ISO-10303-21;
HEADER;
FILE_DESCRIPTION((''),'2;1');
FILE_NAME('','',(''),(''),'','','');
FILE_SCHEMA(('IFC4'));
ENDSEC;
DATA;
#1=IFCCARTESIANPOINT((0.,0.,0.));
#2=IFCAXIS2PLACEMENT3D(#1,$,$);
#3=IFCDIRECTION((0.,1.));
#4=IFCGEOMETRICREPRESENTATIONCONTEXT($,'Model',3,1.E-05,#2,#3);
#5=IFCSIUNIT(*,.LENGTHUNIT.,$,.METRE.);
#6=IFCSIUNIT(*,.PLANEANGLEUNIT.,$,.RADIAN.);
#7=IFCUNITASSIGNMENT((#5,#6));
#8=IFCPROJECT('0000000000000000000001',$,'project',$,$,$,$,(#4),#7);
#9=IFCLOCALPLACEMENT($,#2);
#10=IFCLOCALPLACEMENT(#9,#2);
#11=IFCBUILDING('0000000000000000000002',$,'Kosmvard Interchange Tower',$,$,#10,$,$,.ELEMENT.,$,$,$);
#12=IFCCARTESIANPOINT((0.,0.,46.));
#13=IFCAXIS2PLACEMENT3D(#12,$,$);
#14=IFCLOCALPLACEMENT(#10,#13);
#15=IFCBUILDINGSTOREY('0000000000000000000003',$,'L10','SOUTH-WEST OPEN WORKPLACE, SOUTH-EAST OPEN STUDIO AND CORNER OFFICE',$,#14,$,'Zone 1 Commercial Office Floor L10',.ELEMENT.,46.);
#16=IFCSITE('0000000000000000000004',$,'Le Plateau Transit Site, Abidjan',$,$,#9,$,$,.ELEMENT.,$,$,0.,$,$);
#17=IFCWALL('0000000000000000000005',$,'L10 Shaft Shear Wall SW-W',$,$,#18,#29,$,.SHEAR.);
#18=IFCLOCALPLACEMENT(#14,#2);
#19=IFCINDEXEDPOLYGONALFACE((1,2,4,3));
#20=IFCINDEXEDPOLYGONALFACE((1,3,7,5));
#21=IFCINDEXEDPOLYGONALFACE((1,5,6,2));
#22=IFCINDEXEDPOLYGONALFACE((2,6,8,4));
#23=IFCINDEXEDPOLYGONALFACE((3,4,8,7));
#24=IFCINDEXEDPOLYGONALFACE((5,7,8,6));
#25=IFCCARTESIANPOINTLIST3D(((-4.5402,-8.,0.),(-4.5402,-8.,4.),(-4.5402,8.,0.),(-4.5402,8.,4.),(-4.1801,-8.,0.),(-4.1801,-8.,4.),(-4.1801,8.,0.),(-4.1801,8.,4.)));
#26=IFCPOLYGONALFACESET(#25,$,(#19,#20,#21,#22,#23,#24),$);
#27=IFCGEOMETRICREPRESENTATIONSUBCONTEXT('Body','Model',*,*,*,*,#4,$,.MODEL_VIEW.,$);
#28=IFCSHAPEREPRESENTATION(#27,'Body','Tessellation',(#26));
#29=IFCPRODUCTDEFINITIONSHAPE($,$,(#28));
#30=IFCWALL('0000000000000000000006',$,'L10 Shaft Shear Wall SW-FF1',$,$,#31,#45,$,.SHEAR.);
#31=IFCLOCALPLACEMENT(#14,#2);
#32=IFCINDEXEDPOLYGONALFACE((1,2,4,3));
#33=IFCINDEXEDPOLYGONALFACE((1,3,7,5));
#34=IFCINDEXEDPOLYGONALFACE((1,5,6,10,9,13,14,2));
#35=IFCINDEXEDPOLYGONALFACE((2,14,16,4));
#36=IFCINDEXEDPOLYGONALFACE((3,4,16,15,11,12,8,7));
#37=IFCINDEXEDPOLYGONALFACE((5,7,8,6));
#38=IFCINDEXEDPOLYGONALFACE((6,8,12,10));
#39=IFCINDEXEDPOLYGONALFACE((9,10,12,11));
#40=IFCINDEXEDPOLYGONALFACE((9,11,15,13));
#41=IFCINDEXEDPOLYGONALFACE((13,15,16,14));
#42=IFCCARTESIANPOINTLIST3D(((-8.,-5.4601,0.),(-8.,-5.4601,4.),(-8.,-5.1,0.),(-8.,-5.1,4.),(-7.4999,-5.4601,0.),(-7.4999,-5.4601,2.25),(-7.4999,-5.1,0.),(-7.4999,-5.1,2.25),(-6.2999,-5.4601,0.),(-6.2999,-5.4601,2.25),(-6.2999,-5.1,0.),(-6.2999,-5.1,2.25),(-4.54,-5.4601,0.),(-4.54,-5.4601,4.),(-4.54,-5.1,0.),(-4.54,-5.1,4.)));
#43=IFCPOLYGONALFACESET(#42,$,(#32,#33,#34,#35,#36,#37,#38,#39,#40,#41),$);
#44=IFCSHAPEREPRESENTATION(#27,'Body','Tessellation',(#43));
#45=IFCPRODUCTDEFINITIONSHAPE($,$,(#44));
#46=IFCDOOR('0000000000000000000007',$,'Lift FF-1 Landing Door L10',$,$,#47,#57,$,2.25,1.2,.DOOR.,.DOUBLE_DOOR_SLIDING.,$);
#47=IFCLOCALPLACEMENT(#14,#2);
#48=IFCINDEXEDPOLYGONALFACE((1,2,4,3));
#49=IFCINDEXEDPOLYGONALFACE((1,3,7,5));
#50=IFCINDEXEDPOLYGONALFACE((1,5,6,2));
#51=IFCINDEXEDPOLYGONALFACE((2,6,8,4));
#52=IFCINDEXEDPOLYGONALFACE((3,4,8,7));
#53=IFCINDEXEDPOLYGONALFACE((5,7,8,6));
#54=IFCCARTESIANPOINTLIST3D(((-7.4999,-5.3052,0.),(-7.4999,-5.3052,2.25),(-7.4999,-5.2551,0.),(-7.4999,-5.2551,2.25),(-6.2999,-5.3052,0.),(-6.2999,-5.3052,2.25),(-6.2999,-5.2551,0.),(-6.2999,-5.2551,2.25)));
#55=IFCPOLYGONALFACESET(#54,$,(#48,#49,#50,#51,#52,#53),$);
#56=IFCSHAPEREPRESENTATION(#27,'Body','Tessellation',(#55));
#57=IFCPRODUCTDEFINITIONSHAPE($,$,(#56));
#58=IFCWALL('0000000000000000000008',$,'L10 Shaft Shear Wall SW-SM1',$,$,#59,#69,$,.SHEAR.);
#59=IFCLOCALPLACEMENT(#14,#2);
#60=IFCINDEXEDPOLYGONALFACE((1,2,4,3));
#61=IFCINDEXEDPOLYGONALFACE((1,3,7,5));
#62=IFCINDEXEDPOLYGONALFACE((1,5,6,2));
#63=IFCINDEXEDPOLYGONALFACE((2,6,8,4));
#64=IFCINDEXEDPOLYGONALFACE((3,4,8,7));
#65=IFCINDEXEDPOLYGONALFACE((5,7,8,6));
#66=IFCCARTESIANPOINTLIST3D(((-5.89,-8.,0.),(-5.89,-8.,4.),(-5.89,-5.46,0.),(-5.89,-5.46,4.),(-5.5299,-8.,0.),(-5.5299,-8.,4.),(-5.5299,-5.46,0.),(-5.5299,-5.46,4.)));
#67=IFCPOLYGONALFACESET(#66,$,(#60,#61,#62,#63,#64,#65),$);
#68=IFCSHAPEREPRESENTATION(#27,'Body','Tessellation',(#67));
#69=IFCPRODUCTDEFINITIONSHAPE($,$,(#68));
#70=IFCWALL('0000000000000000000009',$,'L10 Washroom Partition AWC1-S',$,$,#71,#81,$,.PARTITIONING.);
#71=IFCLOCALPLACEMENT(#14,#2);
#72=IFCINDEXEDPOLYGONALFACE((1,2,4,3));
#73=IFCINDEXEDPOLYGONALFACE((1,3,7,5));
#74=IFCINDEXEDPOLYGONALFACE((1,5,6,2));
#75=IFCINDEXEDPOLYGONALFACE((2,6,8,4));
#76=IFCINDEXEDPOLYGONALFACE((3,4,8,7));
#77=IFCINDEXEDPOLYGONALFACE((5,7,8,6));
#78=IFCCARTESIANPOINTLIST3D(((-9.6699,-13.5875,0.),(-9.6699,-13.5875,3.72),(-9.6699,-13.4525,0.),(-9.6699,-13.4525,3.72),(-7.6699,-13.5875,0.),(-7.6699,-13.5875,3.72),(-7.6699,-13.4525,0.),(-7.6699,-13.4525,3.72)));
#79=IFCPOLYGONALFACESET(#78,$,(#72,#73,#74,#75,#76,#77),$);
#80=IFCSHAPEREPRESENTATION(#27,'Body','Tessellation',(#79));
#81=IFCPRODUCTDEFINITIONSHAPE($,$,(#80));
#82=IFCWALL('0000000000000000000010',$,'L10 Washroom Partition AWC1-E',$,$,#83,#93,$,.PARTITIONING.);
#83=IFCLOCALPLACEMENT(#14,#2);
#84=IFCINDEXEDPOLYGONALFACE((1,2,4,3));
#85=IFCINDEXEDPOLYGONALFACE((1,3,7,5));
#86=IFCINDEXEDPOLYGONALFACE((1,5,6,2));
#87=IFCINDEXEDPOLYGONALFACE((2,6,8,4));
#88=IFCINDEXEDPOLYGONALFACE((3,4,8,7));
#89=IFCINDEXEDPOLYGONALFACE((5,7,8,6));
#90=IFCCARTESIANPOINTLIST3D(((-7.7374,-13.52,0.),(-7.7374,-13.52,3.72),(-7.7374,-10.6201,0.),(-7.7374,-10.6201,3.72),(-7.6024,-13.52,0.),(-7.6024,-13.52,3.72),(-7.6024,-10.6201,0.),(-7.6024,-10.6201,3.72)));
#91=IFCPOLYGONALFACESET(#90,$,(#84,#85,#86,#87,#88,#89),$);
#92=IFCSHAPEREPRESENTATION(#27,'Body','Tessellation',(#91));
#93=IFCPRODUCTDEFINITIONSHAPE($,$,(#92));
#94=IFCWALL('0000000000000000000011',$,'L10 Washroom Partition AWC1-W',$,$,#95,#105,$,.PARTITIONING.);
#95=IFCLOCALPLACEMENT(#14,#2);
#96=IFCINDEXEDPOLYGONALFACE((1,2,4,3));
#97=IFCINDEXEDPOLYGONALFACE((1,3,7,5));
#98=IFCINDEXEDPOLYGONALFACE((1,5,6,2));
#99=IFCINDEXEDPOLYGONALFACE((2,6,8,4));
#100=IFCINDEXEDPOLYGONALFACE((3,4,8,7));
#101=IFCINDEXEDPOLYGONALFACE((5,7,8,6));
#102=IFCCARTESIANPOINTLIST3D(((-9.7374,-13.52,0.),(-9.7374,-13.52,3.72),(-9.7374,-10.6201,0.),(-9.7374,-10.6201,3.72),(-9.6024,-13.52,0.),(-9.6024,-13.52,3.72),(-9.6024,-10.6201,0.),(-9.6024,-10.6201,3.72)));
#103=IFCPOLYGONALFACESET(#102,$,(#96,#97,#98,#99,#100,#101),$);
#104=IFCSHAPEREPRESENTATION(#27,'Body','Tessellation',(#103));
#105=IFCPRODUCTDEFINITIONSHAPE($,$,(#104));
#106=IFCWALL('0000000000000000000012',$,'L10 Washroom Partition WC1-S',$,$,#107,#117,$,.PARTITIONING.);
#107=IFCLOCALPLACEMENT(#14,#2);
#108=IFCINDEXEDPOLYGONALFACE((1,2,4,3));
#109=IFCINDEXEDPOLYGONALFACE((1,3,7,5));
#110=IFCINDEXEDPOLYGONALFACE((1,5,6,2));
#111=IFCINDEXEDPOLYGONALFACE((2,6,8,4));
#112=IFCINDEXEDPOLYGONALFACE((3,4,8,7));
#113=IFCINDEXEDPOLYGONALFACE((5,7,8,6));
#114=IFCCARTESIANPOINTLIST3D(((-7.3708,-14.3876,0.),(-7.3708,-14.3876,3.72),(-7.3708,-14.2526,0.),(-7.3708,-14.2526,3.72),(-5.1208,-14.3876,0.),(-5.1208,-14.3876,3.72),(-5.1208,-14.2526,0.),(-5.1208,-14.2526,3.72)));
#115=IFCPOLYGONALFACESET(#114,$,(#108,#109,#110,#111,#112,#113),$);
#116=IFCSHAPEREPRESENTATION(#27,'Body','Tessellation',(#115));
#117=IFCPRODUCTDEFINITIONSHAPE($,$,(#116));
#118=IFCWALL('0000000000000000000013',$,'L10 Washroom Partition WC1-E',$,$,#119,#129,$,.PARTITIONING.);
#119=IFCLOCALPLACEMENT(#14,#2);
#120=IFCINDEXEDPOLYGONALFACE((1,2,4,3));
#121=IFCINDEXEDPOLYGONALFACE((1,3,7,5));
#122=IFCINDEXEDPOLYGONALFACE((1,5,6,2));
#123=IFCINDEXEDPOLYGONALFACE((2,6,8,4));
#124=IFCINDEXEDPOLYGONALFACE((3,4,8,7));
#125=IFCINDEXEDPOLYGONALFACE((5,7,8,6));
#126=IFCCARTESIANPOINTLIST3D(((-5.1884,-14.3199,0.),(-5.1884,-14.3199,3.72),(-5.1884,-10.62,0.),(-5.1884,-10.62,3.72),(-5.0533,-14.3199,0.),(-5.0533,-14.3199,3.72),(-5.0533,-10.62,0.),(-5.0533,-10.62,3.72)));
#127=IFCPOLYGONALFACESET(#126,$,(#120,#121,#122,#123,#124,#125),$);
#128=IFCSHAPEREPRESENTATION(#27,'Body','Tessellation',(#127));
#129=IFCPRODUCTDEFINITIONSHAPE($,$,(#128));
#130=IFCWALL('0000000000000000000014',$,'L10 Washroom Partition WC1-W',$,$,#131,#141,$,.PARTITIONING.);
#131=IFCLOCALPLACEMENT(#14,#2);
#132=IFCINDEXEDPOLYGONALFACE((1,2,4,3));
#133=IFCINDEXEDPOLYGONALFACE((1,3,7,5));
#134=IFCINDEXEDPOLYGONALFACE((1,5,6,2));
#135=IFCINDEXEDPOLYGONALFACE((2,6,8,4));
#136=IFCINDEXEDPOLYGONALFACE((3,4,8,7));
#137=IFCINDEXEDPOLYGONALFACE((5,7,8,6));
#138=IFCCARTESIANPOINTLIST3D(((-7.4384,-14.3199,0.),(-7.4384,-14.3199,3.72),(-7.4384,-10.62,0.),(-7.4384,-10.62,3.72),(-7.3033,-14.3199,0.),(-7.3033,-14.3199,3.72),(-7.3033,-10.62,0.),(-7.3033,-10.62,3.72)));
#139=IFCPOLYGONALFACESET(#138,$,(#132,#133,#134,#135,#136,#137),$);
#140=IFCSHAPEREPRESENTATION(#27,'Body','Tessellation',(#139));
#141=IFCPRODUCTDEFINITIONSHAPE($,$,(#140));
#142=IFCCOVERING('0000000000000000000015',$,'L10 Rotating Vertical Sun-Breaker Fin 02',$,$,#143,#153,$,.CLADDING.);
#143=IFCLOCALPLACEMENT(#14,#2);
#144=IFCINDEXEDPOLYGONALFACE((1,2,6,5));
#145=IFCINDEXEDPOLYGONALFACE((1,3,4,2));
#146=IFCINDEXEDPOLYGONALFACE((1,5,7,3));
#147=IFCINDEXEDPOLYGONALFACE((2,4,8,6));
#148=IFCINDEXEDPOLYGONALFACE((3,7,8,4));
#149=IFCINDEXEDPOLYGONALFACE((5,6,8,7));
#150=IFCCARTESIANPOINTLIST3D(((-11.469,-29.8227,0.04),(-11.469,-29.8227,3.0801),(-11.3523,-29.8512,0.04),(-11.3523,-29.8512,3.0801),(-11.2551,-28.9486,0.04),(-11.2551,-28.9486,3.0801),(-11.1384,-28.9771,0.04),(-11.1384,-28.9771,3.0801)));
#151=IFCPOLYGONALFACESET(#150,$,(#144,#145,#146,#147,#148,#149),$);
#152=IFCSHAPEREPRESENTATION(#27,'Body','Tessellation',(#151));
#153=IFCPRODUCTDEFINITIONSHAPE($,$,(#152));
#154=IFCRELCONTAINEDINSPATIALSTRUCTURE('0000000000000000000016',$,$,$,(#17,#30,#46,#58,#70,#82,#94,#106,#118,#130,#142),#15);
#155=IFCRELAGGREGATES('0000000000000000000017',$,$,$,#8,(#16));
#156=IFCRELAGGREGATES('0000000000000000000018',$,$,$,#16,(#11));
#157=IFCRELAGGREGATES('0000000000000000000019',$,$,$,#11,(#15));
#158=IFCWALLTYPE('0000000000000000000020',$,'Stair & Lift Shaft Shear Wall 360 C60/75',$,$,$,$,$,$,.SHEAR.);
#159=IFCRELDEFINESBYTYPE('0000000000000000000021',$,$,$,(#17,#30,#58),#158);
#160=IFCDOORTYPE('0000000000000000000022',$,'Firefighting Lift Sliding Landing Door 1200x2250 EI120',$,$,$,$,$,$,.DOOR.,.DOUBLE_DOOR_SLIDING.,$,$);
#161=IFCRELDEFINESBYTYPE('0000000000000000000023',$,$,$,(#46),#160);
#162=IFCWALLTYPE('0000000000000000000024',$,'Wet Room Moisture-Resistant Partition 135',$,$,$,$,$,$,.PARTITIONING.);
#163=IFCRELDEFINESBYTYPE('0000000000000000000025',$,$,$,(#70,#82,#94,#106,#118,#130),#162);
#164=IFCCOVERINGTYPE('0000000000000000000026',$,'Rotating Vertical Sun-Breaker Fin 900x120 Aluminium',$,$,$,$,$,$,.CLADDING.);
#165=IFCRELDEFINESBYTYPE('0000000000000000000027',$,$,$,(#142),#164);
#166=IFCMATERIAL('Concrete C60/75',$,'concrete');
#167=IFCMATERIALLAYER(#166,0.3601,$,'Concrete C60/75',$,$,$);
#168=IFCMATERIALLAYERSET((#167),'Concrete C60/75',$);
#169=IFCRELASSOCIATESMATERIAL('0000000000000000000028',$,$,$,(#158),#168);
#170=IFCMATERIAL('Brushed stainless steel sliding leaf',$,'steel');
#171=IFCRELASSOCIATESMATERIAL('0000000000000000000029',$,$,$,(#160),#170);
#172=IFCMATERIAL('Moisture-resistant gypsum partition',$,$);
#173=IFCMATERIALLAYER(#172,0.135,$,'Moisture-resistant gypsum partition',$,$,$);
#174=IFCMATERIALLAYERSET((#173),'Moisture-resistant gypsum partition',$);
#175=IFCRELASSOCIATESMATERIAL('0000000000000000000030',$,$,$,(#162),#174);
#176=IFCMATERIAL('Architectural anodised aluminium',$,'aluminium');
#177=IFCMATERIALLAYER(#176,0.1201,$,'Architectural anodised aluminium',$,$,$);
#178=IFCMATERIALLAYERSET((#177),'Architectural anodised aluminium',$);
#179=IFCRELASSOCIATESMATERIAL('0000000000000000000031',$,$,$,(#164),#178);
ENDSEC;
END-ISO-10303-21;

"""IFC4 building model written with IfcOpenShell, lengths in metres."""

from ifc_helpers import new_model, si_unit, direction, frame, frame_2d, origin, origin_2d, place, context, subcontext, project, spatial, rectangle, extrude, source, transform, mapped, material, layer, layer_set, type_object, element, fill, save


model = new_model("IFC4")

# Units and contexts
model_context = context("Model", 3, precision=1e-05, world=origin(), true_north=direction((0.0, 1.0)))
body_context = subcontext(model_context, "Body", "Model", "MODEL_VIEW")
ifc_project = project(units=[si_unit("LENGTHUNIT", "METRE"), si_unit("PLANEANGLEUNIT", "RADIAN")], contexts=[model_context])

# Site, building, storey
site_placement = place(None, origin())
site = spatial("IfcSite", under=ifc_project, at=site_placement, Name="Le Plateau Transit Site, Abidjan", CompositionType="ELEMENT", RefElevation=0.0)
building_placement = place(site_placement, origin())
building = spatial("IfcBuilding", under=site, at=building_placement, Name="Kosmvard Interchange Tower", CompositionType="ELEMENT")
storey_placement = place(building_placement, frame((0.0, 0.0, 46.0)))
storey = spatial("IfcBuildingStorey", under=building, at=storey_placement, Name="L10", Description="SOUTH-WEST OPEN WORKPLACE, SOUTH-EAST OPEN STUDIO AND CORNER OFFICE", LongName="Zone 1 Commercial Office Floor L10", CompositionType="ELEMENT", Elevation=46.0)

# Shared definitions
ifc_material_1 = material(Name="Brushed stainless steel sliding leaf", Category="steel")

# Wall
ifc_material_2 = material(Name="Concrete C60/75", Category="concrete")
ifc_layer_1 = layer(ifc_material_2, 0.3601, Name="Concrete C60/75")
ifc_layer_set_1 = layer_set([ifc_layer_1], Name="Concrete C60/75")
wall_type_1 = type_object("IfcWallType", Name="Stair & Lift Shaft Shear Wall 360 C60/75", PredefinedType="SHEAR", material=ifc_layer_set_1)
wall_1_placement = place(storey_placement, frame((-4.3601, -8.0, 0.0), z_axis=(0.0, 0.0, 1.0), x_axis=(0.0, 1.0, 0.0)))
element("IfcWall", 1, at=wall_1_placement, inside=storey, type_object=wall_type_1, Name="L10 Shaft Shear Wall SW-W", PredefinedType="SHEAR", context=body_context, shape_type="SweptSolid", body=[
    extrude(rectangle(XDim=16.0, YDim=0.3601, at=frame_2d((8.0, 0.0))), origin(), (0.0, 0.0, 1.0), 4.0),
])

# Wall, opening, door
wall_2_placement = place(storey_placement, frame((-8.0, -5.28, 0.0), z_axis=(0.0, 0.0, 1.0), x_axis=(1.0, 0.0, 0.0)))
wall_2 = element("IfcWall", 2, at=wall_2_placement, inside=storey, type_object=wall_type_1, Name="L10 Shaft Shear Wall SW-FF1", PredefinedType="SHEAR", context=body_context, shape_type="SweptSolid", body=[
    extrude(rectangle(XDim=3.46, YDim=0.3601, at=frame_2d((1.73, 0.0))), origin(), (0.0, 0.0, 1.0), 4.0),
])
opening_1_placement = place(wall_2_placement, frame((0.5, 0.0, 0.0)))
opening_1 = element("IfcOpeningElement", 3, at=opening_1_placement, cuts=wall_2, PredefinedType="OPENING", context=body_context, shape_type="SweptSolid", body=[
    extrude(rectangle(XDim=1.2, YDim=2.25, at=frame_2d((0.6001, 1.125))), frame((0.0, 0.1899, 0.0), z_axis=(0.0, -1.0, 0.0), x_axis=(1.0, 0.0, 0.0)), (0.0, 0.0, 1.0), 0.3801),
])
door_type_1 = type_object("IfcDoorType", Name="Firefighting Lift Sliding Landing Door 1200x2250 EI120", OperationType="DOUBLE_DOOR_SLIDING", PredefinedType="DOOR", material=ifc_material_1)
shared_shape_1 = source(origin(), body_context, "Body", "SweptSolid", [
    extrude(rectangle(XDim=1.2, YDim=2.25, at=frame_2d((0.6001, 1.125))), frame((0.0, 0.0249, 0.0), z_axis=(0.0, -1.0, 0.0), x_axis=(1.0, 0.0, 0.0)), (0.0, 0.0, 1.0), 0.05),
])
door_1_placement = place(opening_1_placement, origin())
door_1 = element("IfcDoor", 4, at=door_1_placement, inside=storey, type_object=door_type_1, Name="Lift FF-1 Landing Door L10", OperationType="DOUBLE_DOOR_SLIDING", OverallHeight=2.25, OverallWidth=1.2, PredefinedType="DOOR", context=body_context, shape_type="MappedRepresentation", body=[
    mapped(shared_shape_1, transform((0.0, 0.0, 0.0), scale=1.0)),
])
fill(opening_1, door_1)

# Walls
wall_3_placement = place(storey_placement, frame((-5.71, -8.0, 0.0), z_axis=(0.0, 0.0, 1.0), x_axis=(0.0, 1.0, 0.0)))
element("IfcWall", 5, at=wall_3_placement, inside=storey, type_object=wall_type_1, Name="L10 Shaft Shear Wall SW-SM1", PredefinedType="SHEAR", context=body_context, shape_type="SweptSolid", body=[
    extrude(rectangle(XDim=2.54, YDim=0.3601, at=frame_2d((1.27, 0.0))), origin(), (0.0, 0.0, 1.0), 4.0),
])
ifc_material_3 = material(Name="Moisture-resistant gypsum partition")
ifc_layer_2 = layer(ifc_material_3, 0.135, Name="Moisture-resistant gypsum partition")
ifc_layer_set_2 = layer_set([ifc_layer_2], Name="Moisture-resistant gypsum partition")
wall_type_2 = type_object("IfcWallType", Name="Wet Room Moisture-Resistant Partition 135", PredefinedType="PARTITIONING", material=ifc_layer_set_2)
wall_4_placement = place(storey_placement, frame((-9.6699, -13.52, 0.0), z_axis=(0.0, 0.0, 1.0), x_axis=(1.0, 0.0, 0.0)))
element("IfcWall", 6, at=wall_4_placement, inside=storey, type_object=wall_type_2, Name="L10 Washroom Partition AWC1-S", PredefinedType="PARTITIONING", context=body_context, shape_type="SweptSolid", body=[
    extrude(rectangle(XDim=2.0, YDim=0.135, at=frame_2d((1.0, 0.0))), origin(), (0.0, 0.0, 1.0), 3.72),
])
for number, where, z_axis, x_axis, name in (
    (7, (-7.6699, -13.52, 0.0), (0.0, 0.0, 1.0), (0.0, 1.0, 0.0), "L10 Washroom Partition AWC1-E"),
    (8, (-9.6699, -13.52, 0.0), (0.0, 0.0, 1.0), (0.0, 1.0, 0.0), "L10 Washroom Partition AWC1-W"),
):
    element("IfcWall", number, at=place(storey_placement, frame(where, z_axis=z_axis, x_axis=x_axis)), inside=storey, type_object=wall_type_2, Name=name, PredefinedType="PARTITIONING", context=body_context, shape_type="SweptSolid", body=[
        extrude(rectangle(XDim=2.8999, YDim=0.135, at=frame_2d((1.45, 0.0))), origin(), (0.0, 0.0, 1.0), 3.72),
    ])
wall_5_placement = place(storey_placement, frame((-7.3708, -14.3201, 0.0), z_axis=(0.0, 0.0, 1.0), x_axis=(1.0, 0.0, 0.0)))
element("IfcWall", 9, at=wall_5_placement, inside=storey, type_object=wall_type_2, Name="L10 Washroom Partition WC1-S", PredefinedType="PARTITIONING", context=body_context, shape_type="SweptSolid", body=[
    extrude(rectangle(XDim=2.25, YDim=0.135, at=frame_2d((1.125, 0.0))), origin(), (0.0, 0.0, 1.0), 3.72),
])
for number, where, z_axis, x_axis, name in (
    (10, (-5.1208, -14.3201, 0.0), (0.0, 0.0, 1.0), (0.0, 1.0, 0.0), "L10 Washroom Partition WC1-E"),
    (11, (-7.3708, -14.3201, 0.0), (0.0, 0.0, 1.0), (0.0, 1.0, 0.0), "L10 Washroom Partition WC1-W"),
):
    element("IfcWall", number, at=place(storey_placement, frame(where, z_axis=z_axis, x_axis=x_axis)), inside=storey, type_object=wall_type_2, Name=name, PredefinedType="PARTITIONING", context=body_context, shape_type="SweptSolid", body=[
        extrude(rectangle(XDim=3.7, YDim=0.135, at=frame_2d((1.8501, 0.0))), origin(), (0.0, 0.0, 1.0), 3.72),
    ])

# Covering
ifc_material_4 = material(Name="Architectural anodised aluminium", Category="aluminium")
ifc_layer_3 = layer(ifc_material_4, 0.1201, Name="Architectural anodised aluminium")
ifc_layer_set_3 = layer_set([ifc_layer_3], Name="Architectural anodised aluminium")
covering_type = type_object("IfcCoveringType", Name="Rotating Vertical Sun-Breaker Fin 900x120 Aluminium", PredefinedType="CLADDING", material=ifc_layer_set_3)
shared_shape_2 = source(origin(), body_context, "Body", "SweptSolid", [
    extrude(rectangle(XDim=0.8999, YDim=0.1201, at=origin_2d()), origin(), (0.0, 0.0, 1.0), 3.04),
])
covering_placement = place(storey_placement, frame((-11.3037, -29.3999, 0.04), z_axis=(0.0, 0.0, 1.0), x_axis=(-0.237686, -0.971342, 0.0)))
element("IfcCovering", 12, at=covering_placement, inside=storey, type_object=covering_type, Name="L10 Rotating Vertical Sun-Breaker Fin 02", PredefinedType="CLADDING", context=body_context, shape_type="MappedRepresentation", body=[
    mapped(shared_shape_2, transform((0.0, 0.0, 0.0), scale=1.0)),
])

save(model, "model.ifc")
